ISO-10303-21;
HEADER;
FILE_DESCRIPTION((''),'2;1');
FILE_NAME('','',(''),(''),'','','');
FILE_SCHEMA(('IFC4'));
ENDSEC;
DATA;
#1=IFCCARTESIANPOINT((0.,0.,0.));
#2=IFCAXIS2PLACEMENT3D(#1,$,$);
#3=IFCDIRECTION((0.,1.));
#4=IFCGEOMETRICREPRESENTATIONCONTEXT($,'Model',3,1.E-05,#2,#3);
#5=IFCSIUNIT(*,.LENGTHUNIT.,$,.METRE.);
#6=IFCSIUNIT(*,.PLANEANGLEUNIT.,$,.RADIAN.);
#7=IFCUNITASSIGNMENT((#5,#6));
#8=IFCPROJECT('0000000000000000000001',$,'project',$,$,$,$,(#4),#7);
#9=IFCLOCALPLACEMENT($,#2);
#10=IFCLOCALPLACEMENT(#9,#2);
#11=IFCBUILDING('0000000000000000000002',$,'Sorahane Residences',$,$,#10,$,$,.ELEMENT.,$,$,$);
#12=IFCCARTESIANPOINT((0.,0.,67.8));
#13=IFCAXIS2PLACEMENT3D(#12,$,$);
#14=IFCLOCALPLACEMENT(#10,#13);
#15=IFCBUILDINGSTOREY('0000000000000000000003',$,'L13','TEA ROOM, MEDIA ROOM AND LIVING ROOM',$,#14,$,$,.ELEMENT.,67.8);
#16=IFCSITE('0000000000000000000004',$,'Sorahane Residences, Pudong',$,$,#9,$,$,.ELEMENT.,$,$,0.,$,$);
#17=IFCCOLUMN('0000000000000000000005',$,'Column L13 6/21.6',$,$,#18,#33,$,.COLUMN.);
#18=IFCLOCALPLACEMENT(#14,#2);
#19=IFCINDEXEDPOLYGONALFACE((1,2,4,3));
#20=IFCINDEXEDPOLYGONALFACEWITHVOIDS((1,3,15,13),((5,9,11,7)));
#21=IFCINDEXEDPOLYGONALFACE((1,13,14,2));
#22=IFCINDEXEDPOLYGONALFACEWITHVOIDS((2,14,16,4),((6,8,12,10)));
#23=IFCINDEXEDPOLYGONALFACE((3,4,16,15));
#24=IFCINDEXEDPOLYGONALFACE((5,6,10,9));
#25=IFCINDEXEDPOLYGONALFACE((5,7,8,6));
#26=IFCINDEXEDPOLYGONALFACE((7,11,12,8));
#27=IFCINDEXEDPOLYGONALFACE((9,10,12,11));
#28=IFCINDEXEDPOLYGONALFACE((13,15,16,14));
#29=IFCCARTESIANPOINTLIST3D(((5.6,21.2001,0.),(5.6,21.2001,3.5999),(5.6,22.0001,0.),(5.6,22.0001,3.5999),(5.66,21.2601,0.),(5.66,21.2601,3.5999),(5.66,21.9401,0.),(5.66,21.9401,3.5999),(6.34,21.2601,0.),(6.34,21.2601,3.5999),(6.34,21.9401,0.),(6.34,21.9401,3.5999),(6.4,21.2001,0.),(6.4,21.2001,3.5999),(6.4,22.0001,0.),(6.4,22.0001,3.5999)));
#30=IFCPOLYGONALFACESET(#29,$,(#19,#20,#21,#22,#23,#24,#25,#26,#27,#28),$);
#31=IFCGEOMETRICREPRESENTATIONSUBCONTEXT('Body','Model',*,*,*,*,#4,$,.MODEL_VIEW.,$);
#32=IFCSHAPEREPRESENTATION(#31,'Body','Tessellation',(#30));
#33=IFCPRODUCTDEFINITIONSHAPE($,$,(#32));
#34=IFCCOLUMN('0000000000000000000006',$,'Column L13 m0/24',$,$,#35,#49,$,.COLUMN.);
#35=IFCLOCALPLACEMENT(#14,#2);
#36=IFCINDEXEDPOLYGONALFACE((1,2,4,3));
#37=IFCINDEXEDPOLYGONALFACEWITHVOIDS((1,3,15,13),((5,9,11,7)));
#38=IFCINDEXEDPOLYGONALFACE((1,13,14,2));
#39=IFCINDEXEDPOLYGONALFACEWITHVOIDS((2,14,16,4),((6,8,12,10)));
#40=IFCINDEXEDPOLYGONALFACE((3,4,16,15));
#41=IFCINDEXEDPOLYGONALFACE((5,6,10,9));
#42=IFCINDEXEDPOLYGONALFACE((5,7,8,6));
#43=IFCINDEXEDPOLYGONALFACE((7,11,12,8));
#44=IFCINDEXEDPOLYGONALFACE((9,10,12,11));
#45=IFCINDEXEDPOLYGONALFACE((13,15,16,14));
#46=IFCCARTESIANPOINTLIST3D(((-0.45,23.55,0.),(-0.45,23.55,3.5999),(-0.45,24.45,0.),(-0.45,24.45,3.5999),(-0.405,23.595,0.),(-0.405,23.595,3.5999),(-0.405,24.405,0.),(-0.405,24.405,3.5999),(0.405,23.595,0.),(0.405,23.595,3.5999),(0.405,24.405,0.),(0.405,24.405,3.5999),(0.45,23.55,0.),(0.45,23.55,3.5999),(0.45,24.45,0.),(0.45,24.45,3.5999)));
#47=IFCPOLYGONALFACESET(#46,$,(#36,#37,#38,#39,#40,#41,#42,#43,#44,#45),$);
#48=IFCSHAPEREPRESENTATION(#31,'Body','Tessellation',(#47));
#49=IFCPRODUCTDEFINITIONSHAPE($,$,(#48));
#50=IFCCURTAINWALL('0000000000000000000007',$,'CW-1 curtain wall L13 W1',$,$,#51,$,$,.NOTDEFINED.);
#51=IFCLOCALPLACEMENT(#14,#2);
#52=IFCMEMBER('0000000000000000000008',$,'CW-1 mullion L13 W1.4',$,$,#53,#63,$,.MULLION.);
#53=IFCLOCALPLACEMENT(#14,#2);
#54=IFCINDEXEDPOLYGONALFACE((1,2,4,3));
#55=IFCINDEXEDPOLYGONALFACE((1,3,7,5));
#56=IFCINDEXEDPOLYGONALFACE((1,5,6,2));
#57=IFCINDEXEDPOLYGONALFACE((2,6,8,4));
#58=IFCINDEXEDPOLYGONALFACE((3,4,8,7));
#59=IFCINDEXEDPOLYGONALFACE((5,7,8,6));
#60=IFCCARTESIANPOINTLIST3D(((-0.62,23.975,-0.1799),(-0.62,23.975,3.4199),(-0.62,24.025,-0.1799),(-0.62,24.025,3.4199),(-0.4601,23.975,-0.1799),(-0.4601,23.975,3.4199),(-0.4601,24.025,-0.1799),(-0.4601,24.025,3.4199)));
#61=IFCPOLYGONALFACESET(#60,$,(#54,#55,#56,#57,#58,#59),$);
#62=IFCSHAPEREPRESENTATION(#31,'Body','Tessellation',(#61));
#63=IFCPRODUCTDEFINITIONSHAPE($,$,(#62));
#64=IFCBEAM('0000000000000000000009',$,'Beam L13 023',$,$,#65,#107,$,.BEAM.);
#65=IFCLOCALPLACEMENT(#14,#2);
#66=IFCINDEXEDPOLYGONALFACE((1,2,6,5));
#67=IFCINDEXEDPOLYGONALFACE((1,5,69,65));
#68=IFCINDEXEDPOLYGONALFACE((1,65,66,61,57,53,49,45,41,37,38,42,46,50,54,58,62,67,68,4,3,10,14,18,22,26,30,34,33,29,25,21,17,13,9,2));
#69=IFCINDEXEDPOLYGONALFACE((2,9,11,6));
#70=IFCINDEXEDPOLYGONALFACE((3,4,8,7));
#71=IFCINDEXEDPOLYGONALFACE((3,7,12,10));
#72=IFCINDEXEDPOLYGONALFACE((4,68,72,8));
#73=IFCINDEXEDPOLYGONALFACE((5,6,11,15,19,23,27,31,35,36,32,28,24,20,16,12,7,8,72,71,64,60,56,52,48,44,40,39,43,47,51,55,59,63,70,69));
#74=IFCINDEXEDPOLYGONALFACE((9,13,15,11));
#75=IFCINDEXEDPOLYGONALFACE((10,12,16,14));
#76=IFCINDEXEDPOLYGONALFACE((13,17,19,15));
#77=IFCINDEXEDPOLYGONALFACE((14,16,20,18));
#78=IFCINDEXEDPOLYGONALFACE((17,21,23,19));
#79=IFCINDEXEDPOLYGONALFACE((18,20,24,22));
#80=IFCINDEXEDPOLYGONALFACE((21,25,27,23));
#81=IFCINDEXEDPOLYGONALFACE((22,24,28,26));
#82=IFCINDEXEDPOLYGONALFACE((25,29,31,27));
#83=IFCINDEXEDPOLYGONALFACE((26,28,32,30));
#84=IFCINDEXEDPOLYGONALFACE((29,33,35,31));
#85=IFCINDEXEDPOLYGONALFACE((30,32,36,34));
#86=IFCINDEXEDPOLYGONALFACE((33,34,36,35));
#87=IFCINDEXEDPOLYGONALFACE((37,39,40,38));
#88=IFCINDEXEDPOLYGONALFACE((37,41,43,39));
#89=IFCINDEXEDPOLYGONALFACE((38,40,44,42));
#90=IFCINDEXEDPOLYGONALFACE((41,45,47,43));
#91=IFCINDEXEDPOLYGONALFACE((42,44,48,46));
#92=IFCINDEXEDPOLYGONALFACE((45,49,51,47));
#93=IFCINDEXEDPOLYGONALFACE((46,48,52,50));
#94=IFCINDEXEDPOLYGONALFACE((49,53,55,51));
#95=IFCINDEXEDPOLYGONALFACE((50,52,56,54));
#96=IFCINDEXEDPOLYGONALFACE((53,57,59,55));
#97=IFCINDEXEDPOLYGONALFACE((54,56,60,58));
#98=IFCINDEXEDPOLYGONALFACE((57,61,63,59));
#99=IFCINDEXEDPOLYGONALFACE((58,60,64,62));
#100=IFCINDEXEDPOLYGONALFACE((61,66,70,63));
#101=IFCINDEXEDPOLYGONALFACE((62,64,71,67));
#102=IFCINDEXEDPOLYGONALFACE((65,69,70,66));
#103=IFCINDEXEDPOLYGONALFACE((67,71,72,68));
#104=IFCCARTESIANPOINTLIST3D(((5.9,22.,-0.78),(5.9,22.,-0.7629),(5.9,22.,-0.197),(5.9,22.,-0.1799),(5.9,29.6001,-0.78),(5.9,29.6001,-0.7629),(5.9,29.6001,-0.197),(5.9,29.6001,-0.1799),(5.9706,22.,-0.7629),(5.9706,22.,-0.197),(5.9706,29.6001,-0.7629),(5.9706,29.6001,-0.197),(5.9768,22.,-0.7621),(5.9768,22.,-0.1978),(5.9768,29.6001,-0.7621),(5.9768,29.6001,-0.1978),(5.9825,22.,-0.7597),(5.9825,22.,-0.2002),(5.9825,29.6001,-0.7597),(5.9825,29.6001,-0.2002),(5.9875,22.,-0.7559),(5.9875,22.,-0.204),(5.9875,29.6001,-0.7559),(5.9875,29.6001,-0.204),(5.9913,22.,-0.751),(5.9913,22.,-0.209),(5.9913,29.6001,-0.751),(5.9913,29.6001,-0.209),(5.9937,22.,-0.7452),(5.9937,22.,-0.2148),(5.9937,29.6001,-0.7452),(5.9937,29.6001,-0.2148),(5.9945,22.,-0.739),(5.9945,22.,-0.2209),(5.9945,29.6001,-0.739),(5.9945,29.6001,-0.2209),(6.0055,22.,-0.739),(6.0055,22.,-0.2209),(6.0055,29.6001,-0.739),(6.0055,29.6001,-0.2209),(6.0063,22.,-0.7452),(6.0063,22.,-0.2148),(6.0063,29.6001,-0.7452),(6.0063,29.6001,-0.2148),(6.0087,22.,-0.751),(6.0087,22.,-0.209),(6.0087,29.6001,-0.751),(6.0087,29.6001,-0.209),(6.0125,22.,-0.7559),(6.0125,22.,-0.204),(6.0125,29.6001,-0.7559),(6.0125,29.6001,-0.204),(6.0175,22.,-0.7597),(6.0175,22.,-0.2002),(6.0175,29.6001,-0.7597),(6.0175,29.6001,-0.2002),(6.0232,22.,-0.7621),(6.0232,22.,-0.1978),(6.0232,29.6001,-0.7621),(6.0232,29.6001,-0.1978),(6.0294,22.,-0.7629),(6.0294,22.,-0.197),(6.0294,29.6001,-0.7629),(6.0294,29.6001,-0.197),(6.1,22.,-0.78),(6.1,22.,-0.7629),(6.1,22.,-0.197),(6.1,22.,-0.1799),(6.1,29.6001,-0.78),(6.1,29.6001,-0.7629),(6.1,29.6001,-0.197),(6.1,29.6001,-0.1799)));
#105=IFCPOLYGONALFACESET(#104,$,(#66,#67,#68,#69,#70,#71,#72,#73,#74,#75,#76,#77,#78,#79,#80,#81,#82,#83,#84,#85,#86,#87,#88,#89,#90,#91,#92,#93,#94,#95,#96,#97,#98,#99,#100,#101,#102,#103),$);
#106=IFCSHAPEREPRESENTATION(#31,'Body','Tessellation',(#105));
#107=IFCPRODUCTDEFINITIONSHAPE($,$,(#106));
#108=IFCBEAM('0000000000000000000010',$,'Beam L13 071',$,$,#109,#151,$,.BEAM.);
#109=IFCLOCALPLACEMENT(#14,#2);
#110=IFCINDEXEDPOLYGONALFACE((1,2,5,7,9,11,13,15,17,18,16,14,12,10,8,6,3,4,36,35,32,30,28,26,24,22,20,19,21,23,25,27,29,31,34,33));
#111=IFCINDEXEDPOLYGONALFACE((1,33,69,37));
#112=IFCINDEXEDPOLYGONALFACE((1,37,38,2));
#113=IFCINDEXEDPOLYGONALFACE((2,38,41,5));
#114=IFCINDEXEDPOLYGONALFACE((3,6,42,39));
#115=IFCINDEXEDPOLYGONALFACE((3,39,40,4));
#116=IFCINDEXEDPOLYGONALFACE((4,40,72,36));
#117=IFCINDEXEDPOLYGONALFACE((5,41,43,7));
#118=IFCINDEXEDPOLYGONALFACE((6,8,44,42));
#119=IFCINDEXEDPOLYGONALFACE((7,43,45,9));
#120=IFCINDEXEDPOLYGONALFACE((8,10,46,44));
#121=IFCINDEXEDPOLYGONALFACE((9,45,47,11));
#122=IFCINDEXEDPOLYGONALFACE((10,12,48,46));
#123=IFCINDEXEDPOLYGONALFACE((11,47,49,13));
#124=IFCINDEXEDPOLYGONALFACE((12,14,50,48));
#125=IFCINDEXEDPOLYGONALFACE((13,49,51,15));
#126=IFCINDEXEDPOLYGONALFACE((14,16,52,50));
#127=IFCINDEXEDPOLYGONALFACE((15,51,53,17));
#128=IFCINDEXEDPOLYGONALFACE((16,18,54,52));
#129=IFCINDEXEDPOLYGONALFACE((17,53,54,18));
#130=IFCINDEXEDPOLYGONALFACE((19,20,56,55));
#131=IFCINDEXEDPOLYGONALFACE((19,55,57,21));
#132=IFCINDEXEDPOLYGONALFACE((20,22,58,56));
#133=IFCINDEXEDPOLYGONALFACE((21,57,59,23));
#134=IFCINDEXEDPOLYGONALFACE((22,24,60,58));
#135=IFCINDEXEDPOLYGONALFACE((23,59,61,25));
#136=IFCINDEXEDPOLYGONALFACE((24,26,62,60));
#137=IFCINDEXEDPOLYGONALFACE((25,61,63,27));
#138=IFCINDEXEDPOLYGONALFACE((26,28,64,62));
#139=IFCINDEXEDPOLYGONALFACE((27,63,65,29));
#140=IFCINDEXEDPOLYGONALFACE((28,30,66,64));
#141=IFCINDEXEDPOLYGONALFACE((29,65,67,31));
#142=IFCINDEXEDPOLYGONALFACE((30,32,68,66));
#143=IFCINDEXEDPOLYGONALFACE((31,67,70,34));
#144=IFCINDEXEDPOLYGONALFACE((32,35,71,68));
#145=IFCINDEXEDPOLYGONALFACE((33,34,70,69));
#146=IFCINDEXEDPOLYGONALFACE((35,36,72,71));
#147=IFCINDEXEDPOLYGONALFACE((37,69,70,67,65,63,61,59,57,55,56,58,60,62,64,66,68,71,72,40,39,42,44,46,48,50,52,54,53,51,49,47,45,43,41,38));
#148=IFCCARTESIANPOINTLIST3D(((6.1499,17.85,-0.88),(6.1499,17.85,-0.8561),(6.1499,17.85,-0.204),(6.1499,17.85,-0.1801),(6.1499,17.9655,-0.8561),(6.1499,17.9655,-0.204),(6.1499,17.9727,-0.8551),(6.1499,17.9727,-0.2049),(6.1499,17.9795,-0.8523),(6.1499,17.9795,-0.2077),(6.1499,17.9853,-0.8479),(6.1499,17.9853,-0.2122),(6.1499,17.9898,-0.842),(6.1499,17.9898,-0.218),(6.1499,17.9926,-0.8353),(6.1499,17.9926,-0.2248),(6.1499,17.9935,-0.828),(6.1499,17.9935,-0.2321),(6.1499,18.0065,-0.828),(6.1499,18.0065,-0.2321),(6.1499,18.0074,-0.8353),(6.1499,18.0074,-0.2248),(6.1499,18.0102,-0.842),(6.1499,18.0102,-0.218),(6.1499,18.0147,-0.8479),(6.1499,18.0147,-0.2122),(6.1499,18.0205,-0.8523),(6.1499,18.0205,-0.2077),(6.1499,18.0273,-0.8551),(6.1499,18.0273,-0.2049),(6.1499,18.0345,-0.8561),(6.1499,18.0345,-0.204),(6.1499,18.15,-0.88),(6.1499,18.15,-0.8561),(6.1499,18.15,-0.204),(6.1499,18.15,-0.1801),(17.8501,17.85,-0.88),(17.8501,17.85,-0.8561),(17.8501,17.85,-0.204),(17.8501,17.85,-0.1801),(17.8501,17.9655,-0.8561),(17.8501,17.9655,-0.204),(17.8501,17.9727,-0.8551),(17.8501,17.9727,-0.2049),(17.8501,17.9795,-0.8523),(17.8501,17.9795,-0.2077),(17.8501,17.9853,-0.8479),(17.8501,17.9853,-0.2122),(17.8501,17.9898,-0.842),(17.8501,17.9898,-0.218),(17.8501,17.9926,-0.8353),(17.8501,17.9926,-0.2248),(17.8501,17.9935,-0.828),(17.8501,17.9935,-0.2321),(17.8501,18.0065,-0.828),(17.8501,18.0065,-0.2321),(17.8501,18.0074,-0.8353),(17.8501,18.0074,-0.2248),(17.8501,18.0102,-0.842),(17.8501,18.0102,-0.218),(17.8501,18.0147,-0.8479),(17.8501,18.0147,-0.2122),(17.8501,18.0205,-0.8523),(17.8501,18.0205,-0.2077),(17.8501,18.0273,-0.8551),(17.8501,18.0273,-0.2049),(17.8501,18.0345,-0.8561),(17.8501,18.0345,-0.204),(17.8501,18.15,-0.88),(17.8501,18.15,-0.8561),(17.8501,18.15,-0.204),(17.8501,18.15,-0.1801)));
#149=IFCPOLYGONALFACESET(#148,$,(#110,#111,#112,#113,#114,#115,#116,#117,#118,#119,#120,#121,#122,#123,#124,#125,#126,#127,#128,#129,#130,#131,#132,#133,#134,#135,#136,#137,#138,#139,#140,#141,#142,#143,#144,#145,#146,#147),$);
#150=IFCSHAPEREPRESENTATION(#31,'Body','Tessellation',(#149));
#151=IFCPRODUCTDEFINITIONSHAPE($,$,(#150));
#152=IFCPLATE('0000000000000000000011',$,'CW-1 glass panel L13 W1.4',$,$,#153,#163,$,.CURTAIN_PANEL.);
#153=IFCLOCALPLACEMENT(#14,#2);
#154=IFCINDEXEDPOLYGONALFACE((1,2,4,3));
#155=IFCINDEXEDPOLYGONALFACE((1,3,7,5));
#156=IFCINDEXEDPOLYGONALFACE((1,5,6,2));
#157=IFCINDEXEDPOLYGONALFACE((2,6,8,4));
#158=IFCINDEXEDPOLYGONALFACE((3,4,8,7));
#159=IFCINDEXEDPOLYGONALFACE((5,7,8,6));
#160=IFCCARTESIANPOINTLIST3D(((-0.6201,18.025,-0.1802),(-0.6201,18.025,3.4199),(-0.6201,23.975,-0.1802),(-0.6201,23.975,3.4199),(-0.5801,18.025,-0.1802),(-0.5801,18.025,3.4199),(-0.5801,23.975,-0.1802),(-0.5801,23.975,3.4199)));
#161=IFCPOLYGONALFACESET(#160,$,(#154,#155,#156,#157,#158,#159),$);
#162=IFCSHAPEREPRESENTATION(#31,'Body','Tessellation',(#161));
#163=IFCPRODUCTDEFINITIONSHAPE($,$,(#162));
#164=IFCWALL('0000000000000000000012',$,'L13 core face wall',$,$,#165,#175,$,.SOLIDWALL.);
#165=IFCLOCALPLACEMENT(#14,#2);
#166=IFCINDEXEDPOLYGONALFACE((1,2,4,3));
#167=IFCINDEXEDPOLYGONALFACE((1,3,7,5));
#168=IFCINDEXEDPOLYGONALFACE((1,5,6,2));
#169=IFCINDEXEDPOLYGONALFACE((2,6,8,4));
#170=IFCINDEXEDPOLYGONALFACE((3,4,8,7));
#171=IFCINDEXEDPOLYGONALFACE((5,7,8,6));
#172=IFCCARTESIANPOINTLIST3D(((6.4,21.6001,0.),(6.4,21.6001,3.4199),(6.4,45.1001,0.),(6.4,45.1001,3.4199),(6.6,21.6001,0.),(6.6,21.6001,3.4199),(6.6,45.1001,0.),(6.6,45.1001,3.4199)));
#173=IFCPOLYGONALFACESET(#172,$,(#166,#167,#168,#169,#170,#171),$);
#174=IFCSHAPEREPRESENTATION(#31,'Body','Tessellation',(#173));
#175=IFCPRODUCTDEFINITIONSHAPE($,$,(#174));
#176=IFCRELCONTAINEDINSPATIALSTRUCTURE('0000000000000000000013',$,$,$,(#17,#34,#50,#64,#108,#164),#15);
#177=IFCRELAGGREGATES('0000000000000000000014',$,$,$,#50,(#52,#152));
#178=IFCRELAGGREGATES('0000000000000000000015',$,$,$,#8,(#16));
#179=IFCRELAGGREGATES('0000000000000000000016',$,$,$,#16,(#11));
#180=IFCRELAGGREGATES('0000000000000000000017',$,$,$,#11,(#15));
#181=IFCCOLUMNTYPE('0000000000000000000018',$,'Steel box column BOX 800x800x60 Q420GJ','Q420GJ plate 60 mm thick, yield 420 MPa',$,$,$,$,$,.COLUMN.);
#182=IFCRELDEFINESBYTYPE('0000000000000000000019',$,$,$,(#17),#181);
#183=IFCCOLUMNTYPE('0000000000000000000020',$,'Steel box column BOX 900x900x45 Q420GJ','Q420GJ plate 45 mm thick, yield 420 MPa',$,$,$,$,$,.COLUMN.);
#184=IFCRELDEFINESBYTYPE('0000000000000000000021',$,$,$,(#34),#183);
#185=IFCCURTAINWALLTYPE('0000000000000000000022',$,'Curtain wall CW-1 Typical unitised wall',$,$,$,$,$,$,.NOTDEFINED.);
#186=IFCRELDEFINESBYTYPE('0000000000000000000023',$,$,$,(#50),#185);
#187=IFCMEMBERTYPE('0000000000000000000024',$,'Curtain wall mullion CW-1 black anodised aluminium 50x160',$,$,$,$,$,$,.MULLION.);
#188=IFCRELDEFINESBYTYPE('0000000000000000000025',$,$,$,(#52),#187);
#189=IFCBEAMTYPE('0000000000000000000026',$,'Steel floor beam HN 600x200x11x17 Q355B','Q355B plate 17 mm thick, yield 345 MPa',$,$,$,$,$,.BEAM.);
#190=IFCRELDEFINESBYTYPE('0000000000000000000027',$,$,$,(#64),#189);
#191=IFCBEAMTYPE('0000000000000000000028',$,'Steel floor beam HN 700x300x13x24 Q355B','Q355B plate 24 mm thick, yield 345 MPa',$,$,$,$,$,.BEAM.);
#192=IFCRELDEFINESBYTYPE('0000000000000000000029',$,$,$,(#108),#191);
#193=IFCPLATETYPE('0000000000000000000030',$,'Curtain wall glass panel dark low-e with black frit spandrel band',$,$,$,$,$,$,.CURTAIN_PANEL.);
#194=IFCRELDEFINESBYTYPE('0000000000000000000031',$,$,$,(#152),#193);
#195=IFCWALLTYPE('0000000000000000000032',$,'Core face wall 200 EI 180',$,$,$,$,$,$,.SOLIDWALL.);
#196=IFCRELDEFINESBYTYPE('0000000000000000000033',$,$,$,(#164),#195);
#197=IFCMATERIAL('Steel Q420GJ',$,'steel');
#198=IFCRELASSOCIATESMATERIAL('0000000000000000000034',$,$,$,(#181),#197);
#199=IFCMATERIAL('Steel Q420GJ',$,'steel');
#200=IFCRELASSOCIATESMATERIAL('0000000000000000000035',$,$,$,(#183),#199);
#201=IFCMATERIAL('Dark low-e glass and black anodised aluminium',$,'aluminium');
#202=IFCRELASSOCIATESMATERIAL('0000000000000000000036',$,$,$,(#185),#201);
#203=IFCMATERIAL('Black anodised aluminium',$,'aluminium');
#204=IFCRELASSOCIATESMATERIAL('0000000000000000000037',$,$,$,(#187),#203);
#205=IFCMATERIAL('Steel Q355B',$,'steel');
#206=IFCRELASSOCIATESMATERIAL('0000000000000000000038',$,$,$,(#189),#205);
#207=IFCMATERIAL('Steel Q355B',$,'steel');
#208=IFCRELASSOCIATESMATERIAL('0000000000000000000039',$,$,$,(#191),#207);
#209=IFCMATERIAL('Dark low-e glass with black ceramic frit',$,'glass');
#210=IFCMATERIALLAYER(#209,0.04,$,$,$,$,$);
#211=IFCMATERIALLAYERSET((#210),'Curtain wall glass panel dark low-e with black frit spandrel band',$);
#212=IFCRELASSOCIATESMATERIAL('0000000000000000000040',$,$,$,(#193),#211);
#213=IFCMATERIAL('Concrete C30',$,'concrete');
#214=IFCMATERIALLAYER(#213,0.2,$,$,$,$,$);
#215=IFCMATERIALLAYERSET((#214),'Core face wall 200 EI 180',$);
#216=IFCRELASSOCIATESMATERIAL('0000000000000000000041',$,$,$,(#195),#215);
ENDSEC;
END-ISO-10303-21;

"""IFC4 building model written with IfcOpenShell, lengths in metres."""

from ifc_helpers import new_model, si_unit, direction, frame, frame_2d, origin, origin_2d, place, context, subcontext, project, spatial, rectangle, hollow_rectangle, i_section, extrude, material, layer, layer_set, material_profile, profile_set, type_object, element, aggregate, save


model = new_model("IFC4")

# Units and contexts
model_context = context("Model", 3, precision=1e-05, world=origin(), true_north=direction((0.0, 1.0)))
body_context = subcontext(model_context, "Body", "Model", "MODEL_VIEW")
ifc_project = project(units=[si_unit("LENGTHUNIT", "METRE"), si_unit("PLANEANGLEUNIT", "RADIAN")], contexts=[model_context])

# Site, building, storey
site_placement = place(None, origin())
site = spatial("IfcSite", under=ifc_project, at=site_placement, Name="Sorahane Residences, Pudong", CompositionType="ELEMENT", RefElevation=0.0)
building_placement = place(site_placement, origin())
building = spatial("IfcBuilding", under=site, at=building_placement, Name="Sorahane Residences", CompositionType="ELEMENT")
storey_placement = place(building_placement, frame((0.0, 0.0, 67.8)))
storey = spatial("IfcBuildingStorey", under=building, at=storey_placement, Name="L13", Description="TEA ROOM, MEDIA ROOM AND LIVING ROOM", CompositionType="ELEMENT", Elevation=67.8)

# Columns
ifc_material_1 = material(Name="Steel Q420GJ", Category="steel")
ifc_material_profile_1 = material_profile(ifc_material_1, hollow_rectangle(XDim=0.8, YDim=0.8, WallThickness=0.0601, at=origin_2d()), Name="BOX 800x800x60")
ifc_profile_set_1 = profile_set([ifc_material_profile_1], Name="Steel Q420GJ")
column_type_1 = type_object("IfcColumnType", Name="Steel box column BOX 800x800x60 Q420GJ", Description="Q420GJ plate 60 mm thick, yield 420 MPa", PredefinedType="COLUMN", material=ifc_profile_set_1)
column_1_placement = place(storey_placement, frame((6.0, 21.6001, 0.0), z_axis=(0.0, 0.0, 1.0), x_axis=(1.0, 0.0, 0.0)))
element("IfcColumn", 1, at=column_1_placement, inside=storey, type_object=column_type_1, Name="Column L13 6/21.6", PredefinedType="COLUMN", context=body_context, shape_type="SweptSolid", body=[
    extrude(hollow_rectangle(XDim=0.8, YDim=0.8, WallThickness=0.0601, at=origin_2d()), origin(), (0.0, 0.0, 1.0), 3.5999),
])
ifc_material_2 = material(Name="Steel Q420GJ", Category="steel")
ifc_material_profile_2 = material_profile(ifc_material_2, hollow_rectangle(XDim=0.8999, YDim=0.8999, WallThickness=0.0449, at=origin_2d()), Name="BOX 900x900x45")
ifc_profile_set_2 = profile_set([ifc_material_profile_2], Name="Steel Q420GJ")
column_type_2 = type_object("IfcColumnType", Name="Steel box column BOX 900x900x45 Q420GJ", Description="Q420GJ plate 45 mm thick, yield 420 MPa", PredefinedType="COLUMN", material=ifc_profile_set_2)
column_2_placement = place(storey_placement, frame((0.0, 24.0, 0.0), z_axis=(0.0, 0.0, 1.0), x_axis=(1.0, 0.0, 0.0)))
element("IfcColumn", 2, at=column_2_placement, inside=storey, type_object=column_type_2, Name="Column L13 m0/24", PredefinedType="COLUMN", context=body_context, shape_type="SweptSolid", body=[
    extrude(hollow_rectangle(XDim=0.8999, YDim=0.8999, WallThickness=0.0449, at=origin_2d()), origin(), (0.0, 0.0, 1.0), 3.5999),
])

# Curtain wall, member
ifc_material_3 = material(Name="Dark low-e glass and black anodised aluminium", Category="aluminium")
curtain_wall_type = type_object("IfcCurtainWallType", Name="Curtain wall CW-1 Typical unitised wall", PredefinedType="NOTDEFINED", material=ifc_material_3)
curtain_wall_placement = place(storey_placement, origin())
curtain_wall = element("IfcCurtainWall", 3, at=curtain_wall_placement, inside=storey, type_object=curtain_wall_type, Name="CW-1 curtain wall L13 W1", PredefinedType="NOTDEFINED")
ifc_material_4 = material(Name="Black anodised aluminium", Category="aluminium")
ifc_material_profile_3 = material_profile(ifc_material_4, rectangle(XDim=0.1599, YDim=0.05, at=origin_2d()), Name="Curtain wall mullion CW-1 black anodised aluminium 50x160")
ifc_profile_set_3 = profile_set([ifc_material_profile_3], Name="Black anodised aluminium")
member_type = type_object("IfcMemberType", Name="Curtain wall mullion CW-1 black anodised aluminium 50x160", PredefinedType="MULLION", material=ifc_profile_set_3)
member_placement = place(storey_placement, frame((-0.54, 24.0, -0.1799), z_axis=(0.0, 0.0, 1.0), x_axis=(-1.0, 0.0, 0.0)))
member = element("IfcMember", 4, at=member_placement, type_object=member_type, Name="CW-1 mullion L13 W1.4", PredefinedType="MULLION", context=body_context, shape_type="SweptSolid", body=[
    extrude(rectangle(XDim=0.1599, YDim=0.05, at=origin_2d()), origin(), (0.0, 0.0, 1.0), 3.5999),
])

# Beams
ifc_material_5 = material(Name="Steel Q355B", Category="steel")
ifc_material_profile_4 = material_profile(ifc_material_5, i_section(OverallWidth=0.2, OverallDepth=0.6001, WebThickness=0.011, FlangeThickness=0.0171, FilletRadius=0.0239, at=origin_2d()), Name="HN 600x200x11x17")
ifc_profile_set_4 = profile_set([ifc_material_profile_4], Name="Steel Q355B")
beam_type_1 = type_object("IfcBeamType", Name="Steel floor beam HN 600x200x11x17 Q355B", Description="Q355B plate 17 mm thick, yield 345 MPa", PredefinedType="BEAM", material=ifc_profile_set_4)
beam_1_placement = place(storey_placement, frame((6.0, 22.0, -0.48), z_axis=(0.0, 1.0, 0.0), x_axis=(-1.0, 0.0, 0.0)))
element("IfcBeam", 5, at=beam_1_placement, inside=storey, type_object=beam_type_1, Name="Beam L13 023", PredefinedType="BEAM", context=body_context, shape_type="SweptSolid", body=[
    extrude(i_section(OverallWidth=0.2, OverallDepth=0.6001, WebThickness=0.011, FlangeThickness=0.0171, FilletRadius=0.0239, at=origin_2d()), origin(), (0.0, 0.0, 1.0), 7.6001),
])
ifc_material_6 = material(Name="Steel Q355B", Category="steel")
ifc_material_profile_5 = material_profile(ifc_material_6, i_section(OverallWidth=0.3, OverallDepth=0.7, WebThickness=0.0129, FlangeThickness=0.0239, FilletRadius=0.0281, at=origin_2d()), Name="HN 700x300x13x24")
ifc_profile_set_5 = profile_set([ifc_material_profile_5], Name="Steel Q355B")
beam_type_2 = type_object("IfcBeamType", Name="Steel floor beam HN 700x300x13x24 Q355B", Description="Q355B plate 24 mm thick, yield 345 MPa", PredefinedType="BEAM", material=ifc_profile_set_5)
beam_2_placement = place(storey_placement, frame((6.1499, 18.0, -0.53), z_axis=(1.0, 0.0, 0.0), x_axis=(0.0, 1.0, 0.0)))
element("IfcBeam", 6, at=beam_2_placement, inside=storey, type_object=beam_type_2, Name="Beam L13 071", PredefinedType="BEAM", context=body_context, shape_type="SweptSolid", body=[
    extrude(i_section(OverallWidth=0.3, OverallDepth=0.7, WebThickness=0.0129, FlangeThickness=0.0239, FilletRadius=0.0281, at=origin_2d()), origin(), (0.0, 0.0, 1.0), 11.7002),
])

# Plate
ifc_material_7 = material(Name="Dark low-e glass with black ceramic frit", Category="glass")
ifc_layer_1 = layer(ifc_material_7, 0.04)
ifc_layer_set_1 = layer_set([ifc_layer_1], Name="Curtain wall glass panel dark low-e with black frit spandrel band")
plate_type = type_object("IfcPlateType", Name="Curtain wall glass panel dark low-e with black frit spandrel band", PredefinedType="CURTAIN_PANEL", material=ifc_layer_set_1)
plate_placement = place(storey_placement, frame((-0.6001, 21.0, -0.1802), z_axis=(0.0, 0.0, 1.0), x_axis=(0.0, -1.0, 0.0)))
plate = element("IfcPlate", 7, at=plate_placement, type_object=plate_type, Name="CW-1 glass panel L13 W1.4", PredefinedType="CURTAIN_PANEL", context=body_context, shape_type="SweptSolid", body=[
    extrude(rectangle(XDim=5.95, YDim=0.04, at=origin_2d()), origin(), (0.0, 0.0, 1.0), 3.6001),
])
aggregate(curtain_wall, [member, plate])

# Wall
ifc_material_8 = material(Name="Concrete C30", Category="concrete")
ifc_layer_2 = layer(ifc_material_8, 0.2)
ifc_layer_set_2 = layer_set([ifc_layer_2], Name="Core face wall 200 EI 180")
wall_type_1 = type_object("IfcWallType", Name="Core face wall 200 EI 180", PredefinedType="SOLIDWALL", material=ifc_layer_set_2)
wall_1_placement = place(storey_placement, frame((6.5, 21.6001, 0.0), z_axis=(0.0, 0.0, 1.0), x_axis=(0.0, 1.0, 0.0)))
element("IfcWall", 8, at=wall_1_placement, inside=storey, type_object=wall_type_1, Name="L13 core face wall", PredefinedType="SOLIDWALL", context=body_context, shape_type="SweptSolid", body=[
    extrude(rectangle(XDim=23.5, YDim=0.2, at=frame_2d((11.75, 0.0))), origin(), (0.0, 0.0, 1.0), 3.4199),
])

save(model, "model.ifc")
